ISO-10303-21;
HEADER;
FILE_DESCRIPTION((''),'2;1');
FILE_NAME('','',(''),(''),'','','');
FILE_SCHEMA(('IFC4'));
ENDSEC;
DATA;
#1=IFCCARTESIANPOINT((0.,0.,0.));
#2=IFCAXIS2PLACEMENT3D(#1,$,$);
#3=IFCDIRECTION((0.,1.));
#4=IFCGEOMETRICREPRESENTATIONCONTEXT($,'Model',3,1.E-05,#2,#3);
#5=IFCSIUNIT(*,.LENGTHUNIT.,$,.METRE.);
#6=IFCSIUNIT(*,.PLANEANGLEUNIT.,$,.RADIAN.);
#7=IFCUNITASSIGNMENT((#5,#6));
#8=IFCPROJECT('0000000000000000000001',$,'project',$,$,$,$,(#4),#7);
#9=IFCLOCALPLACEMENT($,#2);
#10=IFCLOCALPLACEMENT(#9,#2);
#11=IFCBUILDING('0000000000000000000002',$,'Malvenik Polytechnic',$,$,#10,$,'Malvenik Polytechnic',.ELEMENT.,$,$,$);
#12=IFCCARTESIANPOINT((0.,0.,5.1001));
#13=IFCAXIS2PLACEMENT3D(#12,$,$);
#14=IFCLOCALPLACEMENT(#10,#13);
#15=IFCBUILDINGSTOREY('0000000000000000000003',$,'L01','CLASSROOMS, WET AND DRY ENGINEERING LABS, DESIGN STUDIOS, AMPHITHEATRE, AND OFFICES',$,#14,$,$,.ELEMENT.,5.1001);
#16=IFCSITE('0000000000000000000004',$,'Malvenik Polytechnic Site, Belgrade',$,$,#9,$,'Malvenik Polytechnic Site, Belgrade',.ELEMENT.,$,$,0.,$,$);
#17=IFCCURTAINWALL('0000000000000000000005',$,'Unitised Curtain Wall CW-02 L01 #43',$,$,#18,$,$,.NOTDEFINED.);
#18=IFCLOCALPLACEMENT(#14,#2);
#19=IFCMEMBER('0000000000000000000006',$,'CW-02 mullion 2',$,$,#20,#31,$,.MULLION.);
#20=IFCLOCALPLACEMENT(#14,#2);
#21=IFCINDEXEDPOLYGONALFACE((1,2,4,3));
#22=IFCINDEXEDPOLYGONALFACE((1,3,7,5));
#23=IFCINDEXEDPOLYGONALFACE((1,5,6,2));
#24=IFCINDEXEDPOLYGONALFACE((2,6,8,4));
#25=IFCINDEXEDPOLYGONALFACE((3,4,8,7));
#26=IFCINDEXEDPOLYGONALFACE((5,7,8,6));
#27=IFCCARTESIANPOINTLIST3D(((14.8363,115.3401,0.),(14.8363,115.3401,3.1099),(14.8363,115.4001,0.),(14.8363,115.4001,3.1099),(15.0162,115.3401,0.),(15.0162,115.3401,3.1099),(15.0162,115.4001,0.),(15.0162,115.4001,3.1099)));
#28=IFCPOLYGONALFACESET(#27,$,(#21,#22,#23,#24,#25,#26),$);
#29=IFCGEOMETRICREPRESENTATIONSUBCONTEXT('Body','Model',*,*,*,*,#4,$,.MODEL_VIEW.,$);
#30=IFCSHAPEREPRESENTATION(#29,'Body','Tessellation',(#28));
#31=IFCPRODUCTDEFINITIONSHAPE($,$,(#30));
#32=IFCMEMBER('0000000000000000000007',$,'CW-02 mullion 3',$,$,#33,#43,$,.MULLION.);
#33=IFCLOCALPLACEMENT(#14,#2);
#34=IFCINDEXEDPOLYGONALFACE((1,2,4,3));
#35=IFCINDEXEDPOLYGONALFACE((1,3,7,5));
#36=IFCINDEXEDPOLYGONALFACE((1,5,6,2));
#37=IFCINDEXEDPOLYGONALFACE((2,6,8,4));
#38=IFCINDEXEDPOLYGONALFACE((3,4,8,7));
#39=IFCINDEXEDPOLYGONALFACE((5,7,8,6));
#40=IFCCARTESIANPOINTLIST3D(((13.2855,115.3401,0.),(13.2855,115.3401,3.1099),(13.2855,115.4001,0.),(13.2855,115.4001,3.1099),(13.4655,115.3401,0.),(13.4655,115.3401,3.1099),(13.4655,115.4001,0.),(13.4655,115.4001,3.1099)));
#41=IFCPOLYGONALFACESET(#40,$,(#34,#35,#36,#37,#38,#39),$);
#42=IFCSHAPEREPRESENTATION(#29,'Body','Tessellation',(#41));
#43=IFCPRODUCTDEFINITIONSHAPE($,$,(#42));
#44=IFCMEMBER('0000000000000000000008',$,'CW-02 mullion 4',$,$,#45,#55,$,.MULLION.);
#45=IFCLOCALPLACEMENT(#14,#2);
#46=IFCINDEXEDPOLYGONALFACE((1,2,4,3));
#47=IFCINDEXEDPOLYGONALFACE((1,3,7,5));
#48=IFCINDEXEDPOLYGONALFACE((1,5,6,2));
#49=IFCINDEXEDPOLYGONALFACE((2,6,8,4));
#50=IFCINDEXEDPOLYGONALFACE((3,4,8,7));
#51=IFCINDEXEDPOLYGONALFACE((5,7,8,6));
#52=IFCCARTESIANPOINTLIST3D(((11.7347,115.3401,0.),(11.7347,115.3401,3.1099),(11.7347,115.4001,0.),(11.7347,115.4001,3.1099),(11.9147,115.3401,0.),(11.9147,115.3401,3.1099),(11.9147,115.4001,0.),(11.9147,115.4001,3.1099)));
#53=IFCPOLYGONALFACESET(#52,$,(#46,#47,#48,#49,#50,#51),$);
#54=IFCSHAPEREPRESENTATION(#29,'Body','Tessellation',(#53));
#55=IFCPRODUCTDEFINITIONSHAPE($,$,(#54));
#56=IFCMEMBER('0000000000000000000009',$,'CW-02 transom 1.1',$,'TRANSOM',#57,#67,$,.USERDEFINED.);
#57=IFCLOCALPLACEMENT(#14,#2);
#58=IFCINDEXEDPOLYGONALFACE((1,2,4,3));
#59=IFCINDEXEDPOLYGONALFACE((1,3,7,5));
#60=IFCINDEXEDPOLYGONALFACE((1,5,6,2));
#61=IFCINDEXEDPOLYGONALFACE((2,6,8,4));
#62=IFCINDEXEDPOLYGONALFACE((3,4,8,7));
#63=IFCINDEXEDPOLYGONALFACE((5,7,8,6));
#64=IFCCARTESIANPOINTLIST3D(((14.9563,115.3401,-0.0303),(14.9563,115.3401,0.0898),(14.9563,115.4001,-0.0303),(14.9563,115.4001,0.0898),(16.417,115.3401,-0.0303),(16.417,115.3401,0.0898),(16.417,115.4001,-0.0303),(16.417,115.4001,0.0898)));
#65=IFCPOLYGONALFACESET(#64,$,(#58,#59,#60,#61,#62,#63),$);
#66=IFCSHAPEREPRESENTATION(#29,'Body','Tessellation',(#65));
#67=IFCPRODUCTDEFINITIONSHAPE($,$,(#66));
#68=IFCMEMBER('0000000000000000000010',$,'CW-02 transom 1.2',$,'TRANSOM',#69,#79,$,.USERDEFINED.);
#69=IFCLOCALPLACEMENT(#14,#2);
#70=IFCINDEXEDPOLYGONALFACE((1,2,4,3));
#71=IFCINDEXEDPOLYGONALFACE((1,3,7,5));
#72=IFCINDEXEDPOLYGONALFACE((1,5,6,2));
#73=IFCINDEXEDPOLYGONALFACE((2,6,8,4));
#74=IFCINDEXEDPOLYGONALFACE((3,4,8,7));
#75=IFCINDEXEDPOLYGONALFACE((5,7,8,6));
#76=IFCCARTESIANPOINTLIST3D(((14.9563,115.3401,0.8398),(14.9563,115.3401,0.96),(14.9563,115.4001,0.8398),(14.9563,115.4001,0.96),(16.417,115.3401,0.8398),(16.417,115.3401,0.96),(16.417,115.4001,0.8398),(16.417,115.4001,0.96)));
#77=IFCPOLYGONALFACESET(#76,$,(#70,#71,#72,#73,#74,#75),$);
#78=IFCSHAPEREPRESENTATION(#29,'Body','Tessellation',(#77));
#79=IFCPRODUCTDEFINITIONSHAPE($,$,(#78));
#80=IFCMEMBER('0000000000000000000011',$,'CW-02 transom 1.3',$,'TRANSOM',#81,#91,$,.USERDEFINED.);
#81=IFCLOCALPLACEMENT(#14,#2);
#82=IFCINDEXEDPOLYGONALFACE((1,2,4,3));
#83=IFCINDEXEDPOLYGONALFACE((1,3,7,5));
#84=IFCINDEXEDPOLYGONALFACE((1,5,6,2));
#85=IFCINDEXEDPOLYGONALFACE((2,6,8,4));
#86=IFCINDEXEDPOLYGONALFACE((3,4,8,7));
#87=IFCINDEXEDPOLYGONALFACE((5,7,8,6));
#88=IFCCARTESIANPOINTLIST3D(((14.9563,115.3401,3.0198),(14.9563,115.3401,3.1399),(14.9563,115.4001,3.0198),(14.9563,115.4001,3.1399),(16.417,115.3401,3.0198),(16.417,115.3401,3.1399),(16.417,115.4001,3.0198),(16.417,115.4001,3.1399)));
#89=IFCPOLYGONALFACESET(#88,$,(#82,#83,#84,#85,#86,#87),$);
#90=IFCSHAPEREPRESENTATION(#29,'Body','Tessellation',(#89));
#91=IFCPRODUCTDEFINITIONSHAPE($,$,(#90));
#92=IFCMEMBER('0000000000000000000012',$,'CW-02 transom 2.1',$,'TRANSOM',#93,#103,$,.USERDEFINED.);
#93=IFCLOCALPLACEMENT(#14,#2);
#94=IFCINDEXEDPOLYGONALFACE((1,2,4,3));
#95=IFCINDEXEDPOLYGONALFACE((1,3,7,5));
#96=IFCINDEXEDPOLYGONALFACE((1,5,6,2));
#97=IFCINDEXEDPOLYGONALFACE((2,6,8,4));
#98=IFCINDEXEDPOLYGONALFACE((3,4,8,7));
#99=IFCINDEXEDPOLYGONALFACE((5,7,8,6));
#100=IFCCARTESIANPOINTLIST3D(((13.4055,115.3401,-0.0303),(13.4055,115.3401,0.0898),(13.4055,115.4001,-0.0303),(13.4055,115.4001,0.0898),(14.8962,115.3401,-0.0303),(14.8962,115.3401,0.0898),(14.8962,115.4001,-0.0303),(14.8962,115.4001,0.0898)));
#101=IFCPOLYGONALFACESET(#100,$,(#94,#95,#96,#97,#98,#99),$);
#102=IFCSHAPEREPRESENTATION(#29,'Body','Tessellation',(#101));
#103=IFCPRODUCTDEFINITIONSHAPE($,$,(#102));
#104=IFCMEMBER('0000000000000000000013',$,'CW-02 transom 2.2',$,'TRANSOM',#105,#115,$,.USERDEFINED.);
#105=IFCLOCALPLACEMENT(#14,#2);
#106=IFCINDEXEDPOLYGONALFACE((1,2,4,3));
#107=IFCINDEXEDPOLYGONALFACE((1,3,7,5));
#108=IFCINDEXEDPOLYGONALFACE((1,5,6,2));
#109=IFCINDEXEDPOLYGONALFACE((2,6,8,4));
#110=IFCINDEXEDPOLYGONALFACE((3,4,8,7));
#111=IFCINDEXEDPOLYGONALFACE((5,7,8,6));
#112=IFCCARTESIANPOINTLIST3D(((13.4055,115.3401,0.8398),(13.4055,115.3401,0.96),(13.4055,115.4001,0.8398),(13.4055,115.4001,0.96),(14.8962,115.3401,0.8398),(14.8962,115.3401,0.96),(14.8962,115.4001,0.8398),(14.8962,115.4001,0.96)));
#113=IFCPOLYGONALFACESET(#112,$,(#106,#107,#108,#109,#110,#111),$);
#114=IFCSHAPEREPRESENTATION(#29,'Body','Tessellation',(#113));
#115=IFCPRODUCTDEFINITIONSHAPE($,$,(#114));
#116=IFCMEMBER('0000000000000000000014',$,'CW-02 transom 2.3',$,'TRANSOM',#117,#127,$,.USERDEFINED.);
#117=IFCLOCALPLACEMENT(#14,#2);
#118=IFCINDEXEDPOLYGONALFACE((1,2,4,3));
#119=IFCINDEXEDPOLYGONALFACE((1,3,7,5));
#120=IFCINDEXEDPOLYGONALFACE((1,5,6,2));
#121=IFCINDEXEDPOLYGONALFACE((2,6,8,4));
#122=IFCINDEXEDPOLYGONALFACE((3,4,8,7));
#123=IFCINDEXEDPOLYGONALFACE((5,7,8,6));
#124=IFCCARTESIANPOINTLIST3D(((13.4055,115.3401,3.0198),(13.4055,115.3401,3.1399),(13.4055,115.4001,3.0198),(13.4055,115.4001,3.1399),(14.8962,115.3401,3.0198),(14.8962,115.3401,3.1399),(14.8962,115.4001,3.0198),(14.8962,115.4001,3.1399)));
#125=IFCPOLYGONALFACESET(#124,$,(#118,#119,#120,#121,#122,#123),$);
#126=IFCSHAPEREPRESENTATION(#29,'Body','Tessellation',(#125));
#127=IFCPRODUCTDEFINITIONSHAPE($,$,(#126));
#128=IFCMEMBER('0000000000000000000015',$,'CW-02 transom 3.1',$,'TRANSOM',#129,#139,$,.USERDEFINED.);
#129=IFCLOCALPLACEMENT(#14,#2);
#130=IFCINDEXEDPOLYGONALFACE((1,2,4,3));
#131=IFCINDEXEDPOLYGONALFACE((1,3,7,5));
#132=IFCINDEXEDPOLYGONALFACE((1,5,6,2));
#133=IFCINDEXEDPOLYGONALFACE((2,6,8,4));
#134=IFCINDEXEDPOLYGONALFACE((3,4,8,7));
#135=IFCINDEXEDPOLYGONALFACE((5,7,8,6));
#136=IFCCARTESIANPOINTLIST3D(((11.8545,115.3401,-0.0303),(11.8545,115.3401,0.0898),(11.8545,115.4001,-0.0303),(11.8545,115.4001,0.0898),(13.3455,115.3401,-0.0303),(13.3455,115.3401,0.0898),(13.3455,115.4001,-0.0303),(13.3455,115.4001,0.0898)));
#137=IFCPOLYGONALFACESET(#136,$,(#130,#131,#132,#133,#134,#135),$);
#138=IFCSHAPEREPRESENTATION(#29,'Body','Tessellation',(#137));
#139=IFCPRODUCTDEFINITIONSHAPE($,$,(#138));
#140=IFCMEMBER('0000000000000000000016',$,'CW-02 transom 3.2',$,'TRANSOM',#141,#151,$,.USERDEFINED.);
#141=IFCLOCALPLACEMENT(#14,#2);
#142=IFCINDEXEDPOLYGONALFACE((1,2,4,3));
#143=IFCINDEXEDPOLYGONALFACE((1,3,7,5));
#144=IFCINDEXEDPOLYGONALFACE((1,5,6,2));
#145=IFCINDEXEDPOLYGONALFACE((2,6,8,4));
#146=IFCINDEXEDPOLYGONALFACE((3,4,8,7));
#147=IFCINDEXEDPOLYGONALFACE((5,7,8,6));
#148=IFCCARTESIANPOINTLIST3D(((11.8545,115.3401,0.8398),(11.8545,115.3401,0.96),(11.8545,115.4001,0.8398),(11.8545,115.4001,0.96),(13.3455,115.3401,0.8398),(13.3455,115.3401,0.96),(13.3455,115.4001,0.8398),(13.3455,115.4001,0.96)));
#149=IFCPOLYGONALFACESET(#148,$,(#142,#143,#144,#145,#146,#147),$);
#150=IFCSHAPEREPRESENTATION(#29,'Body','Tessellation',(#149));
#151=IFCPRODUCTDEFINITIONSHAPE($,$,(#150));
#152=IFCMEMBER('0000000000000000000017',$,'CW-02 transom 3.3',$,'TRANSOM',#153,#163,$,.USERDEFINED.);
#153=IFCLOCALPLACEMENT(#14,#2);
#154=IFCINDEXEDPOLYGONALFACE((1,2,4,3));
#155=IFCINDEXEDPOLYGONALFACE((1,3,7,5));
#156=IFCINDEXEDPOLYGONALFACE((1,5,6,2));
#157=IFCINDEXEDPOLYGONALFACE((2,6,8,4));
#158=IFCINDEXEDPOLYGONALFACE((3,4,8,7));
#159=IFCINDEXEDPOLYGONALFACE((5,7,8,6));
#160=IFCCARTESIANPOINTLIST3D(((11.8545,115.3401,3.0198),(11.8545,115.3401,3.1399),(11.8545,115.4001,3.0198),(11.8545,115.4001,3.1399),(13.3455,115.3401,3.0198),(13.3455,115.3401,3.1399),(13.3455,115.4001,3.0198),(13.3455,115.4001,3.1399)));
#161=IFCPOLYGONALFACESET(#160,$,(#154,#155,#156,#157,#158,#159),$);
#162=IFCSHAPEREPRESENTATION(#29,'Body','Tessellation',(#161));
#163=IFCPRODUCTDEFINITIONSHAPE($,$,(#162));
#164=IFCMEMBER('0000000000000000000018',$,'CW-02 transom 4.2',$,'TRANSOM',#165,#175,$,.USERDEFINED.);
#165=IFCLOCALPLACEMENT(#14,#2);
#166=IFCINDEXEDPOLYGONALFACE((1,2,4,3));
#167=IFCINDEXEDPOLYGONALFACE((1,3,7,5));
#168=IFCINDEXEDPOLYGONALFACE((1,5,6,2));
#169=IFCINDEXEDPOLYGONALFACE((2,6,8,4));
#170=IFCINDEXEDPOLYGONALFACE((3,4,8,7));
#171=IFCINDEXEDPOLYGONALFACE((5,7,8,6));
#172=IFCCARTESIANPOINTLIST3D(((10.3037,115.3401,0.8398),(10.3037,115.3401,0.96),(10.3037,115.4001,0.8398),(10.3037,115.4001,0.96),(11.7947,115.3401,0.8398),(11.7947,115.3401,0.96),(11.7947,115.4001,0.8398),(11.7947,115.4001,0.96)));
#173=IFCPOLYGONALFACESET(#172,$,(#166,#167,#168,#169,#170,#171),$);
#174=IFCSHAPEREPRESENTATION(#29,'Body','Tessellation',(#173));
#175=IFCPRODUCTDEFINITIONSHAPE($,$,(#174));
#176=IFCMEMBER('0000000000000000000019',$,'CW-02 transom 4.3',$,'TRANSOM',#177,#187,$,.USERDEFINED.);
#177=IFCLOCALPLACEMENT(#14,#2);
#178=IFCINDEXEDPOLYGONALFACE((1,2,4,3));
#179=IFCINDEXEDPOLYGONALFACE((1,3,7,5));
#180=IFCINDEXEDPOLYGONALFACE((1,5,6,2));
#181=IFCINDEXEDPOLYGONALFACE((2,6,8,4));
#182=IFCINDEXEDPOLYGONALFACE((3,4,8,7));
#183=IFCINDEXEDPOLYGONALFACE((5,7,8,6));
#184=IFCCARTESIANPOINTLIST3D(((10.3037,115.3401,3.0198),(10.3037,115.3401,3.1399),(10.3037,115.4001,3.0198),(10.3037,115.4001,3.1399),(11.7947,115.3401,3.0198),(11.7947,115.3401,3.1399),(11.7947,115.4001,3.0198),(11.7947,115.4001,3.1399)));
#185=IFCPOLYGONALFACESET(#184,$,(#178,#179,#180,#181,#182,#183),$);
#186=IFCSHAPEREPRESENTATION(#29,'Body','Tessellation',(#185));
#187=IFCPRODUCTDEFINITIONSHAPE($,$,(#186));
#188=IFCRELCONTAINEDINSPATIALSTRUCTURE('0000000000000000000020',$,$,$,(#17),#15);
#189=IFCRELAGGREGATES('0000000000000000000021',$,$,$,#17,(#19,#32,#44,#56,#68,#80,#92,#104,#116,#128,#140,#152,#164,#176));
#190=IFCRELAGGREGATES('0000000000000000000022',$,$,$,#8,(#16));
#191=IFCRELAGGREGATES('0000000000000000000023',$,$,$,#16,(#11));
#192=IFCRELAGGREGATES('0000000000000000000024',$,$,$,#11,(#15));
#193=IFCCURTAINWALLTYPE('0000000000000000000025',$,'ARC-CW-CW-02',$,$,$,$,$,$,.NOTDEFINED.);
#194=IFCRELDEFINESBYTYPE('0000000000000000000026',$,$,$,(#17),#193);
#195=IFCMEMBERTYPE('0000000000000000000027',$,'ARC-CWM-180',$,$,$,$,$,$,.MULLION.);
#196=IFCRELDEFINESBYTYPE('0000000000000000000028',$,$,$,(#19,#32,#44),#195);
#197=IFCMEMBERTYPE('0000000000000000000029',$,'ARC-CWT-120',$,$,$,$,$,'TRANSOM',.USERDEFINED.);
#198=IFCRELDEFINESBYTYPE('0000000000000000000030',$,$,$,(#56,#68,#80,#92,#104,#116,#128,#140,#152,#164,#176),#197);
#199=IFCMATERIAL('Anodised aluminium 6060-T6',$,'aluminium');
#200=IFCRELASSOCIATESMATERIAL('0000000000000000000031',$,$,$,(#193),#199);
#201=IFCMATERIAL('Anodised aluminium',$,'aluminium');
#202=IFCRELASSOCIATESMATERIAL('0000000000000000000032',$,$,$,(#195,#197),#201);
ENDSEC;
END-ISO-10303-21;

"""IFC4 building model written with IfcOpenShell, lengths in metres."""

from ifc_helpers import new_model, si_unit, direction, frame, origin, origin_2d, place, context, subcontext, project, spatial, rectangle, extrude, material, material_profile, profile_set, type_object, element, aggregate, save


model = new_model("IFC4")

# Units and contexts
model_context = context("Model", 3, precision=1e-05, world=origin(), true_north=direction((0.0, 1.0)))
body_context = subcontext(model_context, "Body", "Model", "MODEL_VIEW")
ifc_project = project(units=[si_unit("LENGTHUNIT", "METRE"), si_unit("PLANEANGLEUNIT", "RADIAN")], contexts=[model_context])

# Site, building, storey
site_placement = place(None, origin())
site = spatial("IfcSite", under=ifc_project, at=site_placement, Name="Malvenik Polytechnic Site, Belgrade", LongName="Malvenik Polytechnic Site, Belgrade", CompositionType="ELEMENT", RefElevation=0.0)
building_placement = place(site_placement, origin())
building = spatial("IfcBuilding", under=site, at=building_placement, Name="Malvenik Polytechnic", LongName="Malvenik Polytechnic", CompositionType="ELEMENT")
storey_placement = place(building_placement, frame((0.0, 0.0, 5.1001)))
storey = spatial("IfcBuildingStorey", under=building, at=storey_placement, Name="L01", Description="CLASSROOMS, WET AND DRY ENGINEERING LABS, DESIGN STUDIOS, AMPHITHEATRE, AND OFFICES", CompositionType="ELEMENT", Elevation=5.1001)

# Curtain wall, members
ifc_material_1 = material(Name="Anodised aluminium 6060-T6", Category="aluminium")
curtain_wall_type = type_object("IfcCurtainWallType", Name="ARC-CW-CW-02", PredefinedType="NOTDEFINED", material=ifc_material_1)
curtain_wall_placement = place(storey_placement, origin())
curtain_wall = element("IfcCurtainWall", 1, at=curtain_wall_placement, inside=storey, type_object=curtain_wall_type, Name="Unitised Curtain Wall CW-02 L01 #43", PredefinedType="NOTDEFINED")
ifc_material_2 = material(Name="Anodised aluminium", Category="aluminium")
ifc_material_profile_1 = material_profile(ifc_material_2, rectangle(XDim=0.0601, YDim=0.1799, at=origin_2d()), Name="ALU MULLION 60x180")
ifc_profile_set_1 = profile_set([ifc_material_profile_1], Name="Anodised aluminium")
member_type_1 = type_object("IfcMemberType", Name="ARC-CWM-180", PredefinedType="MULLION", material=ifc_profile_set_1)
member_1_placement = place(storey_placement, frame((14.9263, 115.3701, 0.0), z_axis=(0.0, 0.0, 1.0), x_axis=(0.0, -1.0, 0.0)))
member_1 = element("IfcMember", 2, at=member_1_placement, type_object=member_type_1, Name="CW-02 mullion 2", PredefinedType="MULLION", context=body_context, shape_type="SweptSolid", body=[
    extrude(rectangle(XDim=0.0601, YDim=0.1799, at=origin_2d()), origin(), (0.0, 0.0, 1.0), 3.1099),
])
member_2_placement = place(storey_placement, frame((13.3755, 115.3701, 0.0), z_axis=(0.0, 0.0, 1.0), x_axis=(0.0, -1.0, 0.0)))
member_2 = element("IfcMember", 3, at=member_2_placement, type_object=member_type_1, Name="CW-02 mullion 3", PredefinedType="MULLION", context=body_context, shape_type="SweptSolid", body=[
    extrude(rectangle(XDim=0.0601, YDim=0.1799, at=origin_2d()), origin(), (0.0, 0.0, 1.0), 3.1099),
])
member_3_placement = place(storey_placement, frame((11.8247, 115.3701, 0.0), z_axis=(0.0, 0.0, 1.0), x_axis=(0.0, -1.0, 0.0)))
member_3 = element("IfcMember", 4, at=member_3_placement, type_object=member_type_1, Name="CW-02 mullion 4", PredefinedType="MULLION", context=body_context, shape_type="SweptSolid", body=[
    extrude(rectangle(XDim=0.0601, YDim=0.1799, at=origin_2d()), origin(), (0.0, 0.0, 1.0), 3.1099),
])
ifc_material_profile_2 = material_profile(ifc_material_2, rectangle(XDim=0.0601, YDim=0.1201, at=origin_2d()), Name="ALU TRANSOM 60x120")
ifc_profile_set_2 = profile_set([ifc_material_profile_2], Name="Anodised aluminium")
member_type_2 = type_object("IfcMemberType", Name="ARC-CWT-120", ElementType="TRANSOM", PredefinedType="USERDEFINED", material=ifc_profile_set_2)
member_4_placement = place(storey_placement, frame((16.417, 115.3701, 0.0298), z_axis=(-1.0, 0.0, 0.0), x_axis=(0.0, -1.0, 0.0)))
member_4 = element("IfcMember", 5, at=member_4_placement, type_object=member_type_2, Name="CW-02 transom 1.1", ObjectType="TRANSOM", PredefinedType="USERDEFINED", context=body_context, shape_type="SweptSolid", body=[
    extrude(rectangle(XDim=0.0601, YDim=0.1201, at=origin_2d()), origin(), (0.0, 0.0, 1.0), 1.4607),
])
member_5_placement = place(storey_placement, frame((16.417, 115.3701, 0.8999), z_axis=(-1.0, 0.0, 0.0), x_axis=(0.0, -1.0, 0.0)))
member_5 = element("IfcMember", 6, at=member_5_placement, type_object=member_type_2, Name="CW-02 transom 1.2", ObjectType="TRANSOM", PredefinedType="USERDEFINED", context=body_context, shape_type="SweptSolid", body=[
    extrude(rectangle(XDim=0.0601, YDim=0.1201, at=origin_2d()), origin(), (0.0, 0.0, 1.0), 1.4607),
])
member_6_placement = place(storey_placement, frame((16.417, 115.3701, 3.0798), z_axis=(-1.0, 0.0, 0.0), x_axis=(0.0, -1.0, 0.0)))
member_6 = element("IfcMember", 7, at=member_6_placement, type_object=member_type_2, Name="CW-02 transom 1.3", ObjectType="TRANSOM", PredefinedType="USERDEFINED", context=body_context, shape_type="SweptSolid", body=[
    extrude(rectangle(XDim=0.0601, YDim=0.1201, at=origin_2d()), origin(), (0.0, 0.0, 1.0), 1.4607),
])
member_7_placement = place(storey_placement, frame((14.8962, 115.3701, 0.0298), z_axis=(-1.0, 0.0, 0.0), x_axis=(0.0, -1.0, 0.0)))
member_7 = element("IfcMember", 8, at=member_7_placement, type_object=member_type_2, Name="CW-02 transom 2.1", ObjectType="TRANSOM", PredefinedType="USERDEFINED", context=body_context, shape_type="SweptSolid", body=[
    extrude(rectangle(XDim=0.0601, YDim=0.1201, at=origin_2d()), origin(), (0.0, 0.0, 1.0), 1.4907),
])
member_8_placement = place(storey_placement, frame((14.8962, 115.3701, 0.8999), z_axis=(-1.0, 0.0, 0.0), x_axis=(0.0, -1.0, 0.0)))
member_8 = element("IfcMember", 9, at=member_8_placement, type_object=member_type_2, Name="CW-02 transom 2.2", ObjectType="TRANSOM", PredefinedType="USERDEFINED", context=body_context, shape_type="SweptSolid", body=[
    extrude(rectangle(XDim=0.0601, YDim=0.1201, at=origin_2d()), origin(), (0.0, 0.0, 1.0), 1.4907),
])
member_9_placement = place(storey_placement, frame((14.8962, 115.3701, 3.0798), z_axis=(-1.0, 0.0, 0.0), x_axis=(0.0, -1.0, 0.0)))
member_9 = element("IfcMember", 10, at=member_9_placement, type_object=member_type_2, Name="CW-02 transom 2.3", ObjectType="TRANSOM", PredefinedType="USERDEFINED", context=body_context, shape_type="SweptSolid", body=[
    extrude(rectangle(XDim=0.0601, YDim=0.1201, at=origin_2d()), origin(), (0.0, 0.0, 1.0), 1.4907),
])
member_10_placement = place(storey_placement, frame((13.3455, 115.3701, 0.0298), z_axis=(-1.0, 0.0, 0.0), x_axis=(0.0, -1.0, 0.0)))
member_10 = element("IfcMember", 11, at=member_10_placement, type_object=member_type_2, Name="CW-02 transom 3.1", ObjectType="TRANSOM", PredefinedType="USERDEFINED", context=body_context, shape_type="SweptSolid", body=[
    extrude(rectangle(XDim=0.0601, YDim=0.1201, at=origin_2d()), origin(), (0.0, 0.0, 1.0), 1.491),
])
member_11_placement = place(storey_placement, frame((13.3455, 115.3701, 0.8999), z_axis=(-1.0, 0.0, 0.0), x_axis=(0.0, -1.0, 0.0)))
member_11 = element("IfcMember", 12, at=member_11_placement, type_object=member_type_2, Name="CW-02 transom 3.2", ObjectType="TRANSOM", PredefinedType="USERDEFINED", context=body_context, shape_type="SweptSolid", body=[
    extrude(rectangle(XDim=0.0601, YDim=0.1201, at=origin_2d()), origin(), (0.0, 0.0, 1.0), 1.491),
])
member_12_placement = place(storey_placement, frame((13.3455, 115.3701, 3.0798), z_axis=(-1.0, 0.0, 0.0), x_axis=(0.0, -1.0, 0.0)))
member_12 = element("IfcMember", 13, at=member_12_placement, type_object=member_type_2, Name="CW-02 transom 3.3", ObjectType="TRANSOM", PredefinedType="USERDEFINED", context=body_context, shape_type="SweptSolid", body=[
    extrude(rectangle(XDim=0.0601, YDim=0.1201, at=origin_2d()), origin(), (0.0, 0.0, 1.0), 1.491),
])
member_13_placement = place(storey_placement, frame((11.7947, 115.3701, 0.8999), z_axis=(-1.0, 0.0, 0.0), x_axis=(0.0, -1.0, 0.0)))
member_13 = element("IfcMember", 14, at=member_13_placement, type_object=member_type_2, Name="CW-02 transom 4.2", ObjectType="TRANSOM", PredefinedType="USERDEFINED", context=body_context, shape_type="SweptSolid", body=[
    extrude(rectangle(XDim=0.0601, YDim=0.1201, at=origin_2d()), origin(), (0.0, 0.0, 1.0), 1.491),
])
member_14_placement = place(storey_placement, frame((11.7947, 115.3701, 3.0798), z_axis=(-1.0, 0.0, 0.0), x_axis=(0.0, -1.0, 0.0)))
member_14 = element("IfcMember", 15, at=member_14_placement, type_object=member_type_2, Name="CW-02 transom 4.3", ObjectType="TRANSOM", PredefinedType="USERDEFINED", context=body_context, shape_type="SweptSolid", body=[
    extrude(rectangle(XDim=0.0601, YDim=0.1201, at=origin_2d()), origin(), (0.0, 0.0, 1.0), 1.491),
])
aggregate(curtain_wall, [member_1, member_2, member_3, member_4, member_5, member_6, member_7, member_8, member_9, member_10, member_11, member_12, member_13, member_14])

save(model, "model.ifc")
